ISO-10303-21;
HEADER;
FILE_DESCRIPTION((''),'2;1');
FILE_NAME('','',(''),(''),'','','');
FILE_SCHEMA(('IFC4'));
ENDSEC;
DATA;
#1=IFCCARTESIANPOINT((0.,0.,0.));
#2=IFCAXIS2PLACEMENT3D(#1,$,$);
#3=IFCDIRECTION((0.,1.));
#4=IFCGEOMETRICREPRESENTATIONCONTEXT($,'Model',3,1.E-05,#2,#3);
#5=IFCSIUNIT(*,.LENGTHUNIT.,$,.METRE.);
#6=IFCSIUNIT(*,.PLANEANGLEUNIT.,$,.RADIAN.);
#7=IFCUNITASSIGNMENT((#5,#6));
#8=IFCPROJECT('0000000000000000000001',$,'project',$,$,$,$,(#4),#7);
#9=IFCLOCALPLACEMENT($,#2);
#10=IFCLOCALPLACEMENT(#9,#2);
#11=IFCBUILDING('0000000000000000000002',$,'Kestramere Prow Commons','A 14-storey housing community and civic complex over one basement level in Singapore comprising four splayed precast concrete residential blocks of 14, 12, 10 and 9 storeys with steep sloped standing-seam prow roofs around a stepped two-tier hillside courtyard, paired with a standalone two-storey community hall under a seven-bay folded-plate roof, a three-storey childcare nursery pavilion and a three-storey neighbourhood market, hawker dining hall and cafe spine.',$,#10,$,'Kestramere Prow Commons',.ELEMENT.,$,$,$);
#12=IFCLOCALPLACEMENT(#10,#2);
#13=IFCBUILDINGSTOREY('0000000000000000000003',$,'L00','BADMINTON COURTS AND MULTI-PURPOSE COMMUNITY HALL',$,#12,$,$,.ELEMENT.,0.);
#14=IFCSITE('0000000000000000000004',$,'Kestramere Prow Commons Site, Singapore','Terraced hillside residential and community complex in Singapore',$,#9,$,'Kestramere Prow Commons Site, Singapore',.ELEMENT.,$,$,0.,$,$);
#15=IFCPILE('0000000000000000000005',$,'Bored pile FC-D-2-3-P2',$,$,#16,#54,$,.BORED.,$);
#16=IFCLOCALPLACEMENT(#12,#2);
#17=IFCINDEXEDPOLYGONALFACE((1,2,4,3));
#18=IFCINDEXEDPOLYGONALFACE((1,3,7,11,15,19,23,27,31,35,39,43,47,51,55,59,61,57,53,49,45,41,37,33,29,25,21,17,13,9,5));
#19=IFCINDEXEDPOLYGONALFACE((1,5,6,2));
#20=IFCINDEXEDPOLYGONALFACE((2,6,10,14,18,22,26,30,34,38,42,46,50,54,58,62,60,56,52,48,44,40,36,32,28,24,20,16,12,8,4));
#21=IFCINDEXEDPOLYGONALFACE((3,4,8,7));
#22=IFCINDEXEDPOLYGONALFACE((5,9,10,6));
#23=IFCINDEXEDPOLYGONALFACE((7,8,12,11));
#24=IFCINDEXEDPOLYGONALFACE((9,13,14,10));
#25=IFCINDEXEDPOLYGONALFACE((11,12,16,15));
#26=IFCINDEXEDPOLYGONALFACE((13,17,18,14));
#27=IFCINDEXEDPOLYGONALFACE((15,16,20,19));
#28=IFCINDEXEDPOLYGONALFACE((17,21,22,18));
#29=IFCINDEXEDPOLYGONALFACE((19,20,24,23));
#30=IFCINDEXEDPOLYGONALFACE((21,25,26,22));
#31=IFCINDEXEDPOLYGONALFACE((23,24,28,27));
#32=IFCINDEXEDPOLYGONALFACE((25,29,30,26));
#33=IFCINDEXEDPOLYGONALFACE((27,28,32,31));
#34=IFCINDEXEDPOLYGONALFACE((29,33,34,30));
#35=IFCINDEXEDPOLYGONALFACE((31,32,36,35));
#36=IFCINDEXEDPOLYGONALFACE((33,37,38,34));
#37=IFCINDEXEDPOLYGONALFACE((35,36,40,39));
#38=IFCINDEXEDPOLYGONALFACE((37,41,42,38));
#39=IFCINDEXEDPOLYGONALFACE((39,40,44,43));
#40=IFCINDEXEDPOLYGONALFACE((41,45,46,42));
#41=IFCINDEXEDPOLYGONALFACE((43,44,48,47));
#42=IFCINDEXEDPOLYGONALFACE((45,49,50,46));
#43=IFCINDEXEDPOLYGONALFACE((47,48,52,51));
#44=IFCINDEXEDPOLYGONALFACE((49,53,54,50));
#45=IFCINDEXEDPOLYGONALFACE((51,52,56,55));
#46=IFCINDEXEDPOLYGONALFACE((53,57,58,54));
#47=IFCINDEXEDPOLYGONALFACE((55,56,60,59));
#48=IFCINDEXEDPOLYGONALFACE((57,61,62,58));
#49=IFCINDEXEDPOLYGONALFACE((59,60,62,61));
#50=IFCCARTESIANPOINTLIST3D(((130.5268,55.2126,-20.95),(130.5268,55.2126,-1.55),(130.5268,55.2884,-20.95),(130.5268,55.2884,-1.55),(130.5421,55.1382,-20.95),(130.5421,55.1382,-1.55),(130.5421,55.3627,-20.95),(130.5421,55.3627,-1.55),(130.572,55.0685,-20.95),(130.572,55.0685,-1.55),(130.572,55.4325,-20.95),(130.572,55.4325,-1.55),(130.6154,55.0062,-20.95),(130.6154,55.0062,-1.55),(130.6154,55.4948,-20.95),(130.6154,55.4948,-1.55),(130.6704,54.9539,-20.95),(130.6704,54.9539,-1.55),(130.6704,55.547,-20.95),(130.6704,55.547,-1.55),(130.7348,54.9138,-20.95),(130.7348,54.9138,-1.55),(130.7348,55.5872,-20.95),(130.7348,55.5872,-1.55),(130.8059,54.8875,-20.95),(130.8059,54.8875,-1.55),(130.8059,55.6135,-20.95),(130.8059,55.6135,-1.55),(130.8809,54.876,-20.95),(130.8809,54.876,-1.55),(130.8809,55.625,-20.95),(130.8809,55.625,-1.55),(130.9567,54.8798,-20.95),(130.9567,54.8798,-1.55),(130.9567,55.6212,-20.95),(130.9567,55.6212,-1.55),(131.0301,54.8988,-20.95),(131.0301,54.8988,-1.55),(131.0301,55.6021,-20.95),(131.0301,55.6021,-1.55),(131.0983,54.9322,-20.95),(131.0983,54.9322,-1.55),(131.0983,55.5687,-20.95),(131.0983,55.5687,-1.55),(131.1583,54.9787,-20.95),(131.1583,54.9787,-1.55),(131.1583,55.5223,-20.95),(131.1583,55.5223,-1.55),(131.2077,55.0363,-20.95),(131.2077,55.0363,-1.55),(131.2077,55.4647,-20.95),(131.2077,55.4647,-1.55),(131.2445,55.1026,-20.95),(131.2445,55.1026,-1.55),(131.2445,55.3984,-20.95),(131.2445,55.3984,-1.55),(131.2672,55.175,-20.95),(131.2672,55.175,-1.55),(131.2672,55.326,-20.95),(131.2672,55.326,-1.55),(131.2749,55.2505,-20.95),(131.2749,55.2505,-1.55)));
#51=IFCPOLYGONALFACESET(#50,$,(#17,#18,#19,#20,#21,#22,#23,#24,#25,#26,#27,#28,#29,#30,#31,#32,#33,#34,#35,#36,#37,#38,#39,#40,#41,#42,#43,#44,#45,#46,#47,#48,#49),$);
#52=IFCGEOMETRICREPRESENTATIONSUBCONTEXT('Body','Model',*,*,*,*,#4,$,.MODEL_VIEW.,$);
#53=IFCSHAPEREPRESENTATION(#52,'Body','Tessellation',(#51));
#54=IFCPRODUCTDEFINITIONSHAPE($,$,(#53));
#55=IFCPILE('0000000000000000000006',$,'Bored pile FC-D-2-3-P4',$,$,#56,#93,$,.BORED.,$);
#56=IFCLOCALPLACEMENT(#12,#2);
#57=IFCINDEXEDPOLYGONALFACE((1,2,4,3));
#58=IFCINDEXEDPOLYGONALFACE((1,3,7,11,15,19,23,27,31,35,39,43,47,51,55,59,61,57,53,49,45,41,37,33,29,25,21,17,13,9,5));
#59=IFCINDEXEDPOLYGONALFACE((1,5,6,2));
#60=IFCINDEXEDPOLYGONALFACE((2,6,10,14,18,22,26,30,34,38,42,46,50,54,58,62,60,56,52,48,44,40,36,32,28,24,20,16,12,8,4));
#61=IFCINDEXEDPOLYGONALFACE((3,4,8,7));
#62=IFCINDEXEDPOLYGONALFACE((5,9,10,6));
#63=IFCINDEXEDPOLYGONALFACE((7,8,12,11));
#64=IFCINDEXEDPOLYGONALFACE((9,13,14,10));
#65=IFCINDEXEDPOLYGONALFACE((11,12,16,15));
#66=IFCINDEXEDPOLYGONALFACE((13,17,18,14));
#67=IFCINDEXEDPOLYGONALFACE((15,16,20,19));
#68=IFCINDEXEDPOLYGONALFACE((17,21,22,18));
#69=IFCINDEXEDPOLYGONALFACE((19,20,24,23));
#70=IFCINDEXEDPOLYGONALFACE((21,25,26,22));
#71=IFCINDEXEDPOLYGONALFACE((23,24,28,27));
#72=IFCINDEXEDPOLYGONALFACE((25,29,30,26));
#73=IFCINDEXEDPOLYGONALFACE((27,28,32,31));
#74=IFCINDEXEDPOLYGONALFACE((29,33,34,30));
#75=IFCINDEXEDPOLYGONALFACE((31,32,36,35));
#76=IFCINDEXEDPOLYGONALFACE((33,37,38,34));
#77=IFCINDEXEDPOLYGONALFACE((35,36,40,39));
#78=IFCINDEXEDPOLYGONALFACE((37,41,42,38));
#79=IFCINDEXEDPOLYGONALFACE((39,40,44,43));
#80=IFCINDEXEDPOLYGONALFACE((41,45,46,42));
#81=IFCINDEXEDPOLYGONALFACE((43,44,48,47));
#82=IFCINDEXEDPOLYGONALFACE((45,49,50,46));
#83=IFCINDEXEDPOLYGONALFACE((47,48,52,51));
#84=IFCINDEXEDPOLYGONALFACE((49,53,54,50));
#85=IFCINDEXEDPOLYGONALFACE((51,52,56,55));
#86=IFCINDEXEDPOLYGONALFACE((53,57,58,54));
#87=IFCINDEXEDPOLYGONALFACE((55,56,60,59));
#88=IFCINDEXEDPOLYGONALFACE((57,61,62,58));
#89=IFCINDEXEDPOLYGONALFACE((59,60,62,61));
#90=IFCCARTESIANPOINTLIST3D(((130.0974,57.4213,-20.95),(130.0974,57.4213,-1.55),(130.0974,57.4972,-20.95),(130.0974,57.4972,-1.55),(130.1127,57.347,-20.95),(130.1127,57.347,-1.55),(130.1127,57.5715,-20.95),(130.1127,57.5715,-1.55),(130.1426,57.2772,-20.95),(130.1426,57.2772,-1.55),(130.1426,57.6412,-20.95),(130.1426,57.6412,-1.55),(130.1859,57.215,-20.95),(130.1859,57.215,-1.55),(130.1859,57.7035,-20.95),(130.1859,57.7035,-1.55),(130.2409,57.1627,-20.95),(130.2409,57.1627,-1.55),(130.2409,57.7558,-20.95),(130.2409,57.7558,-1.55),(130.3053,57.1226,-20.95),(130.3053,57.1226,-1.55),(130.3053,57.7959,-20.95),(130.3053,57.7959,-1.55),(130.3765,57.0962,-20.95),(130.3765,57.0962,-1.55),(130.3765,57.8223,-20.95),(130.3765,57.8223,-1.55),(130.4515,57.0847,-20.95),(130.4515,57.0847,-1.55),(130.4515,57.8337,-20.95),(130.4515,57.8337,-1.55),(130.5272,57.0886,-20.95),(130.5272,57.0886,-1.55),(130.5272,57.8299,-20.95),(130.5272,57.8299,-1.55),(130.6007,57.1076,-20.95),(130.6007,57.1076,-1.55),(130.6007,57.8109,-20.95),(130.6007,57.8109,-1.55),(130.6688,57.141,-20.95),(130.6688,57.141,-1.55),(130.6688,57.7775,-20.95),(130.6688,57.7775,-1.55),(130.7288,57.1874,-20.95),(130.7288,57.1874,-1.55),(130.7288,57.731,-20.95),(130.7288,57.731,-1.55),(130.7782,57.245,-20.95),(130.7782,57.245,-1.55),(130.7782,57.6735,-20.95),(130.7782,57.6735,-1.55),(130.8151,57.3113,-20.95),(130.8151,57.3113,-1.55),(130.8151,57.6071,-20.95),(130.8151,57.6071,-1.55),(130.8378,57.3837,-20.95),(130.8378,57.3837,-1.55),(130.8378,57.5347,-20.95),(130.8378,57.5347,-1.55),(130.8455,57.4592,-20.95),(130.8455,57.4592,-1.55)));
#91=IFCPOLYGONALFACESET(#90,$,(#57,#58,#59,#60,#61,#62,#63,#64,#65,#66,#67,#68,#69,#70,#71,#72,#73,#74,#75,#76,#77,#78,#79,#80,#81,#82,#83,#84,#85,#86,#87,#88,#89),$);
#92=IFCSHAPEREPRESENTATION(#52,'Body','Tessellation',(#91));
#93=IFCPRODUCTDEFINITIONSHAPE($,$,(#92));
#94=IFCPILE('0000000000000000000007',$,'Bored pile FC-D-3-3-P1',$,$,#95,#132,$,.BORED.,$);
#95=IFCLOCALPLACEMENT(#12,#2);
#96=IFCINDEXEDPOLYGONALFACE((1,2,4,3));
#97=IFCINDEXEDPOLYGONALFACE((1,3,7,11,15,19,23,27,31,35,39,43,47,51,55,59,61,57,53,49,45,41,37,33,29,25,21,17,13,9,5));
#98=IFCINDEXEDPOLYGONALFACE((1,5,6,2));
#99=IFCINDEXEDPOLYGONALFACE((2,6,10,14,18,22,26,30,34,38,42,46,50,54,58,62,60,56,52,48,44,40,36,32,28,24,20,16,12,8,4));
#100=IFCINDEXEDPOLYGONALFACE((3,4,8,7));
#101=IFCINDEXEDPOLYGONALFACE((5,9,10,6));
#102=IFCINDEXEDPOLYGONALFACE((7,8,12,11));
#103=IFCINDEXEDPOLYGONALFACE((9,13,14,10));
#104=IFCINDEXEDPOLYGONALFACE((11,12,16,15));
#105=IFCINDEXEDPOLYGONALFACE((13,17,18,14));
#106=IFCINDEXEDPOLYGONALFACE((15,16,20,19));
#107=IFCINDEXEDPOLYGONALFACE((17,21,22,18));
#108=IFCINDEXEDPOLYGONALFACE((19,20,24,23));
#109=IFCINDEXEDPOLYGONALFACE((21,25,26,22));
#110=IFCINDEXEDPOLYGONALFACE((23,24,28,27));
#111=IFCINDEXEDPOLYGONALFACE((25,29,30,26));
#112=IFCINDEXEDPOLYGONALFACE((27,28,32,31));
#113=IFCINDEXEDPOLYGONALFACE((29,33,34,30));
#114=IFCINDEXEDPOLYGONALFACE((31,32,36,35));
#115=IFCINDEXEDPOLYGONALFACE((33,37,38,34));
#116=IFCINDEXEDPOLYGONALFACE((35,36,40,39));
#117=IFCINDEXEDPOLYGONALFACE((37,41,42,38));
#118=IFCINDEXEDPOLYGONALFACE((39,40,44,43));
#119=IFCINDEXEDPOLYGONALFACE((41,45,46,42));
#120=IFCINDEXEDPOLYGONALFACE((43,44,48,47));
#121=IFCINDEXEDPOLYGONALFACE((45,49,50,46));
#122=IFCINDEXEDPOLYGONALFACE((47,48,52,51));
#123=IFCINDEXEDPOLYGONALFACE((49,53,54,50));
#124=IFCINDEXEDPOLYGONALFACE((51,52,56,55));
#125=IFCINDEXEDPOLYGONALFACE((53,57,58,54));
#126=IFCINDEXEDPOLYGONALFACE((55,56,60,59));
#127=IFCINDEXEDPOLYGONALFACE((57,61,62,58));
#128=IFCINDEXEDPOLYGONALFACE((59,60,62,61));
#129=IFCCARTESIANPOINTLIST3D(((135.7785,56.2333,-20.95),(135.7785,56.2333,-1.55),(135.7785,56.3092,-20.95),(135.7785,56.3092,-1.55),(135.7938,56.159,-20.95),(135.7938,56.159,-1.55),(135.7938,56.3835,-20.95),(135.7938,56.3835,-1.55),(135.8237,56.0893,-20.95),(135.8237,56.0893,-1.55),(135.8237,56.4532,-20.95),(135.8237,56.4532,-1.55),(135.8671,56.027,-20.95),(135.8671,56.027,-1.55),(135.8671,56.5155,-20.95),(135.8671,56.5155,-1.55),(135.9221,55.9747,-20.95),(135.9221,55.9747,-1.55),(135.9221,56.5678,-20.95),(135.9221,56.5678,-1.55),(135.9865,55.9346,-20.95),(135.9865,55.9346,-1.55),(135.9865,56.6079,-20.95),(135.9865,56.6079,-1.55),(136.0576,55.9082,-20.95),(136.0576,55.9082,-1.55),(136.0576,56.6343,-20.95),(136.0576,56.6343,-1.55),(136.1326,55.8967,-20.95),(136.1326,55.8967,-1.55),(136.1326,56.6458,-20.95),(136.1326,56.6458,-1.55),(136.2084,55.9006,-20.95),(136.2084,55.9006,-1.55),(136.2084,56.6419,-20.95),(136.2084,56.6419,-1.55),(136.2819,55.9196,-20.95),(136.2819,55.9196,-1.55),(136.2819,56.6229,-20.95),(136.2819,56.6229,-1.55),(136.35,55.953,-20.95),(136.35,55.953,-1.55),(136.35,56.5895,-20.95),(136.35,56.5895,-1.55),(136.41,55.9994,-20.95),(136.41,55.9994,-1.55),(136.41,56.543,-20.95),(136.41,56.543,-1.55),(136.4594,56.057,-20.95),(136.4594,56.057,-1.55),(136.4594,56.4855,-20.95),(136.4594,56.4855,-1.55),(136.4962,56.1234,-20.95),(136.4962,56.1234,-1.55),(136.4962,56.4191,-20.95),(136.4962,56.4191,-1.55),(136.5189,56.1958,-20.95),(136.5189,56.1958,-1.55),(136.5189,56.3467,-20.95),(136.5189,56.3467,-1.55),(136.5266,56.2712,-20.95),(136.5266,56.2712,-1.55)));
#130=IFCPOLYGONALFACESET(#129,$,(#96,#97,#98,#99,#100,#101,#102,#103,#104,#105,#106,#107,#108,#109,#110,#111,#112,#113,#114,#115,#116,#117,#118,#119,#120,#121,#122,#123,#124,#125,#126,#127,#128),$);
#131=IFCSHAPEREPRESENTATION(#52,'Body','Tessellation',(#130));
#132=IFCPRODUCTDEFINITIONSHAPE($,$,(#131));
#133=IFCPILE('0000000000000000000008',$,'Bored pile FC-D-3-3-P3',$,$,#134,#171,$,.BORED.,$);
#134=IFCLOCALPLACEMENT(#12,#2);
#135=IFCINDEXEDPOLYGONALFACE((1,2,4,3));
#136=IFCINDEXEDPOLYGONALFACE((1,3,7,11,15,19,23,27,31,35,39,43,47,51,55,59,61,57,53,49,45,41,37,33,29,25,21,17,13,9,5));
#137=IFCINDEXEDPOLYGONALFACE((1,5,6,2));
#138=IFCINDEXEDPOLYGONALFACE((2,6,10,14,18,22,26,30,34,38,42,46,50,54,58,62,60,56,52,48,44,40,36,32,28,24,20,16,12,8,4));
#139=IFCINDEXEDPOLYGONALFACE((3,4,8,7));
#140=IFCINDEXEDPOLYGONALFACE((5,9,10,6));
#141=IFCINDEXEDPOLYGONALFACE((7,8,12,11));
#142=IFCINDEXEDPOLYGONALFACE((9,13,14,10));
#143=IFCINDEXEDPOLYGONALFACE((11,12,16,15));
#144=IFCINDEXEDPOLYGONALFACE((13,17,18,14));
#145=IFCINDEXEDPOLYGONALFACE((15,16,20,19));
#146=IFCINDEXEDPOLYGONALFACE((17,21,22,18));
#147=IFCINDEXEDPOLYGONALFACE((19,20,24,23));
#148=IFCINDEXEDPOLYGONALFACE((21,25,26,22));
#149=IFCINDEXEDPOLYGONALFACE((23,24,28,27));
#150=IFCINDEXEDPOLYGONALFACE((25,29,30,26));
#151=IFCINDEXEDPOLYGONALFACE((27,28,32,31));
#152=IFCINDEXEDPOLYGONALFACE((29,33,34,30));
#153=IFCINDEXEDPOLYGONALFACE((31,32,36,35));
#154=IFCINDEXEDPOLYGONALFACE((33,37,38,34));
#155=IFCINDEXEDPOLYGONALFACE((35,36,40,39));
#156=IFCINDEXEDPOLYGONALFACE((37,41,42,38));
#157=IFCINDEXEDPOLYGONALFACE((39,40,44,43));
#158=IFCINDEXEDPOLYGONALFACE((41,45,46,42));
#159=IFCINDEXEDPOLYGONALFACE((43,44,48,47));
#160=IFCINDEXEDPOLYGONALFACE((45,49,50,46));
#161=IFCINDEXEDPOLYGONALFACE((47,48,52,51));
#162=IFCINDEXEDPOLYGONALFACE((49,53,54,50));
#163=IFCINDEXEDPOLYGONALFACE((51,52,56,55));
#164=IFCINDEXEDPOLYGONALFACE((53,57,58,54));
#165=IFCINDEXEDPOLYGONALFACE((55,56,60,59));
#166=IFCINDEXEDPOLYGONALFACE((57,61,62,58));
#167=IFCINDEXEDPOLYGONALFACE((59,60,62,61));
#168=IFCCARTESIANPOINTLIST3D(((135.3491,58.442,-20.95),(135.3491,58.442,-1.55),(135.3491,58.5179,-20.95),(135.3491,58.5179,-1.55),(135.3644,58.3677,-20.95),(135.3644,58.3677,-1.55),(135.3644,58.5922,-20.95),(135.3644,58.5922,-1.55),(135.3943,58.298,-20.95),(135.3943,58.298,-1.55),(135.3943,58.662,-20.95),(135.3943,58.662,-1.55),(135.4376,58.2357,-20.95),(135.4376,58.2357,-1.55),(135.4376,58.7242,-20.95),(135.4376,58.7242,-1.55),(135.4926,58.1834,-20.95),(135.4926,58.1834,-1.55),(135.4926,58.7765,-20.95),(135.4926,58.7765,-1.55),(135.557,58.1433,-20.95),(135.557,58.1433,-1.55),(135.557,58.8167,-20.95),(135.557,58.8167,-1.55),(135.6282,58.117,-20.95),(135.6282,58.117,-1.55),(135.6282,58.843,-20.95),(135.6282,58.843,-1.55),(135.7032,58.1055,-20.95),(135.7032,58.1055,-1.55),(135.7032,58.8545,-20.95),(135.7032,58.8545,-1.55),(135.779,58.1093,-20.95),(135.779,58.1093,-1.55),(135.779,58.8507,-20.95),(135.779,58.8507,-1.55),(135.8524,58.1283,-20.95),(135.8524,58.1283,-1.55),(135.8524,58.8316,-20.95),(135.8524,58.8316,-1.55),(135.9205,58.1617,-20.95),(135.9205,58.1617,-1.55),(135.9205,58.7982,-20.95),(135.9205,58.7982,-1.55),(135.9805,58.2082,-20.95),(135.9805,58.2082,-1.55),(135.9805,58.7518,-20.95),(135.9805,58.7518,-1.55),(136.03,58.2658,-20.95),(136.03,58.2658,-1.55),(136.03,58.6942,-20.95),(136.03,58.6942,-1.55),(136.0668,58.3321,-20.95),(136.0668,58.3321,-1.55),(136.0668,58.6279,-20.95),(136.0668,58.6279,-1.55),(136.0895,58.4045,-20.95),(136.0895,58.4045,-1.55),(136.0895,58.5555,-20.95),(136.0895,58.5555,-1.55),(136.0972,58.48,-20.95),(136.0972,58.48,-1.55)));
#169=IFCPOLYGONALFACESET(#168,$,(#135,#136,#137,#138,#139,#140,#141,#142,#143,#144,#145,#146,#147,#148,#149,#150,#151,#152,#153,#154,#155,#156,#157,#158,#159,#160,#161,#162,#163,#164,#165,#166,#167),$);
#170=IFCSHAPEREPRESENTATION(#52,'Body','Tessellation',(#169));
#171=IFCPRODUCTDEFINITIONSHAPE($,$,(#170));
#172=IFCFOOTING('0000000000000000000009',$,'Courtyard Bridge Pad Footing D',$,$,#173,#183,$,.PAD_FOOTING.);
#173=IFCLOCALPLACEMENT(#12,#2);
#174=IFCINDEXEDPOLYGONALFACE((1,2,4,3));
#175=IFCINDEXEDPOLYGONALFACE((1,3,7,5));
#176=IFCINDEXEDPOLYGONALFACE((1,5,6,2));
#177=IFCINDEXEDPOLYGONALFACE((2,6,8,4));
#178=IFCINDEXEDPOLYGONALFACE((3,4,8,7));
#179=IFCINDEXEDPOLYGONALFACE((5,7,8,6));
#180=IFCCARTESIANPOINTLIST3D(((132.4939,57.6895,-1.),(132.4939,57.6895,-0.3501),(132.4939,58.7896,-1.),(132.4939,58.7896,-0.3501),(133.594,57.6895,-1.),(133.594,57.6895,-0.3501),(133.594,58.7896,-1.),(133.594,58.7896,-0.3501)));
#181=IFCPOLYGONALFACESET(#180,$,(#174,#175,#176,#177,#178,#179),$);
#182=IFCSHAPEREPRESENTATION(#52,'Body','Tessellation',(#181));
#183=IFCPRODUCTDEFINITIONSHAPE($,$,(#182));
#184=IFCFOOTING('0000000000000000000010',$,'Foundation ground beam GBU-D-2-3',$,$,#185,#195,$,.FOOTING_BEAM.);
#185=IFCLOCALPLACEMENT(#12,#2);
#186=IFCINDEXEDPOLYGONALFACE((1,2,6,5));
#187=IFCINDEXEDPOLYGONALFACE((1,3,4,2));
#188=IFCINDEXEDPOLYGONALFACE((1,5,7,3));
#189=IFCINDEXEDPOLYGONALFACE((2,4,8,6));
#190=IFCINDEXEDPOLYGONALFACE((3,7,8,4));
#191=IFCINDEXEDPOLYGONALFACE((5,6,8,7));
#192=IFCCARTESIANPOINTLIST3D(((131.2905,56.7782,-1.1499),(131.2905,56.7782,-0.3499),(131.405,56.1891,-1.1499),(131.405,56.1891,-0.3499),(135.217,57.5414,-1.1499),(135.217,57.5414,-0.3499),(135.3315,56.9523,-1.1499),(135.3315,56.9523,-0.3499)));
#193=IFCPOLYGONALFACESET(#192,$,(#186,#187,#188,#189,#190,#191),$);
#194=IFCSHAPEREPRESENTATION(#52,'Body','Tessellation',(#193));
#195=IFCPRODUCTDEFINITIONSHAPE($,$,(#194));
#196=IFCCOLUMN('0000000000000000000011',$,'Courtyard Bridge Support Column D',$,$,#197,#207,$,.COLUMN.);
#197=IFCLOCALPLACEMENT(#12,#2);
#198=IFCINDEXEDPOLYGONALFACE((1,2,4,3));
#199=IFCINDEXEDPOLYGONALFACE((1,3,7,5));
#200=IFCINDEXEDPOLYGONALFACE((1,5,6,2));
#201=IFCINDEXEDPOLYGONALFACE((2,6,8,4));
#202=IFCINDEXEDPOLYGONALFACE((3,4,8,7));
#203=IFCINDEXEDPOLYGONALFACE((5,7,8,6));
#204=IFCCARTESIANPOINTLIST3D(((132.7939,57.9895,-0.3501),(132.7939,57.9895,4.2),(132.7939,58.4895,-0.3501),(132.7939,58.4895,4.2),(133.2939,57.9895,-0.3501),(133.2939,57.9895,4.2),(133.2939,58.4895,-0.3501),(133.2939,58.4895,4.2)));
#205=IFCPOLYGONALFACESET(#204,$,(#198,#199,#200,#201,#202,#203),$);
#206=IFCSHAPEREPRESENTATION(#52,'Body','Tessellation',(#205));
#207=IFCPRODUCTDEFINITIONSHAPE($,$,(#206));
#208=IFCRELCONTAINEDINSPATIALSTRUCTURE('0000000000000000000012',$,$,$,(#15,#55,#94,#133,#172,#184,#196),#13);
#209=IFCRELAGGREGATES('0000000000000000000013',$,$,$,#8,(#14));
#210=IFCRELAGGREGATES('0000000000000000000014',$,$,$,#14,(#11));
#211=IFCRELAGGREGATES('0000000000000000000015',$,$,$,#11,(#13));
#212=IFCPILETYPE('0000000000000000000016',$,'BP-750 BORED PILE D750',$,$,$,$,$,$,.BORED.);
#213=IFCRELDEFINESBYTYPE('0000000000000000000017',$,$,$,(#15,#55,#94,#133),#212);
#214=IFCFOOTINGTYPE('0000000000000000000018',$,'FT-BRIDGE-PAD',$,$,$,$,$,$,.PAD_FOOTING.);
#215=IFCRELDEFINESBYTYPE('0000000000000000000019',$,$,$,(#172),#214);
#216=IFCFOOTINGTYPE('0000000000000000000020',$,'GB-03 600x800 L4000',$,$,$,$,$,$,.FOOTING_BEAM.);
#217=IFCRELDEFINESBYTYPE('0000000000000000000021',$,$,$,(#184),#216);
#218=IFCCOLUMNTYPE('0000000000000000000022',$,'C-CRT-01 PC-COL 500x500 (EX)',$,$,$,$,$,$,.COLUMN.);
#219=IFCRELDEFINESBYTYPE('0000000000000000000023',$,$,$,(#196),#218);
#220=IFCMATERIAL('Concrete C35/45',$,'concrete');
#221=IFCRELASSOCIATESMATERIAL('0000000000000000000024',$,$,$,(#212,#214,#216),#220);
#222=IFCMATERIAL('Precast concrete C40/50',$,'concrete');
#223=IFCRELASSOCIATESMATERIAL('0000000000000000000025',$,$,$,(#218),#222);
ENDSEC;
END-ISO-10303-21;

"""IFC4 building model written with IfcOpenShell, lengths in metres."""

from ifc_helpers import new_model, si_unit, direction, frame, origin, origin_2d, place, context, subcontext, project, spatial, rectangle, circle, extrude, material, material_profile, profile_set, type_object, element, save


model = new_model("IFC4")

# Units and contexts
model_context = context("Model", 3, precision=1e-05, world=origin(), true_north=direction((0.0, 1.0)))
body_context = subcontext(model_context, "Body", "Model", "MODEL_VIEW")
ifc_project = project(units=[si_unit("LENGTHUNIT", "METRE"), si_unit("PLANEANGLEUNIT", "RADIAN")], contexts=[model_context])

# Site, building, storey
site_placement = place(None, origin())
site = spatial("IfcSite", under=ifc_project, at=site_placement, Name="Kestramere Prow Commons Site, Singapore", Description="Terraced hillside residential and community complex in Singapore", LongName="Kestramere Prow Commons Site, Singapore", CompositionType="ELEMENT", RefElevation=0.0)
building_placement = place(site_placement, origin())
building = spatial("IfcBuilding", under=site, at=building_placement, Name="Kestramere Prow Commons", Description="A 14-storey housing community and civic complex over one basement level in Singapore comprising four splayed precast concrete residential blocks of 14, 12, 10 and 9 storeys with steep sloped standing-seam prow roofs around a stepped two-tier hillside courtyard, paired with a standalone two-storey community hall under a seven-bay folded-plate roof, a three-storey childcare nursery pavilion and a three-storey neighbourhood market, hawker dining hall and cafe spine.", LongName="Kestramere Prow Commons", CompositionType="ELEMENT")
storey_placement = place(building_placement, origin())
storey = spatial("IfcBuildingStorey", under=building, at=storey_placement, Name="L00", Description="BADMINTON COURTS AND MULTI-PURPOSE COMMUNITY HALL", CompositionType="ELEMENT", Elevation=0.0)

# Piles
ifc_material_1 = material(Name="Concrete C35/45", Category="concrete")
ifc_material_profile_1 = material_profile(ifc_material_1, circle(Radius=0.375, at=origin_2d()), Name="BORED PILE D750")
ifc_profile_set_1 = profile_set([ifc_material_profile_1], Name="Concrete C35/45")
pile_type = type_object("IfcPileType", Name="BP-750 BORED PILE D750", PredefinedType="BORED", material=ifc_profile_set_1)
for number, where, z_axis, x_axis, name in (
    (1, (130.8999, 55.2505, -1.55), (0.0, 0.0, -1.0), (1.0, 0.0, 0.0), "Bored pile FC-D-2-3-P2"),
    (2, (130.4705, 57.4592, -1.55), (0.0, 0.0, -1.0), (1.0, 0.0, 0.0), "Bored pile FC-D-2-3-P4"),
    (3, (136.1516, 56.2712, -1.55), (0.0, 0.0, -1.0), (1.0, 0.0, 0.0), "Bored pile FC-D-3-3-P1"),
    (4, (135.7222, 58.48, -1.55), (0.0, 0.0, -1.0), (1.0, 0.0, 0.0), "Bored pile FC-D-3-3-P3"),
):
    element("IfcPile", number, at=place(storey_placement, frame(where, z_axis=z_axis, x_axis=x_axis)), inside=storey, type_object=pile_type, Name=name, PredefinedType="BORED", context=body_context, shape_type="SweptSolid", body=[
        extrude(circle(Radius=0.375, at=origin_2d()), origin(), (0.0, 0.0, 1.0), 19.3999),
    ])

# Footings
footing_type_1 = type_object("IfcFootingType", Name="FT-BRIDGE-PAD", PredefinedType="PAD_FOOTING", material=ifc_material_1)
footing_1_placement = place(storey_placement, frame((133.0439, 58.2395, -1.0), z_axis=(0.0, 0.0, 1.0), x_axis=(1.0, 0.0, 0.0)))
element("IfcFooting", 5, at=footing_1_placement, inside=storey, type_object=footing_type_1, Name="Courtyard Bridge Pad Footing D", PredefinedType="PAD_FOOTING", context=body_context, shape_type="SweptSolid", body=[
    extrude(rectangle(XDim=1.1001, YDim=1.1001, at=origin_2d()), origin(), (0.0, 0.0, 1.0), 0.6499),
])
footing_type_2 = type_object("IfcFootingType", Name="GB-03 600x800 L4000", PredefinedType="FOOTING_BEAM", material=ifc_material_1)
footing_2_placement = place(storey_placement, frame((133.311, 56.8652, -1.1499), z_axis=(0.0, 0.0, 1.0), x_axis=(0.981627, 0.190809, 0.0)))
element("IfcFooting", 6, at=footing_2_placement, inside=storey, type_object=footing_type_2, Name="Foundation ground beam GBU-D-2-3", PredefinedType="FOOTING_BEAM", context=body_context, shape_type="SweptSolid", body=[
    extrude(rectangle(XDim=4.0, YDim=0.6001, at=origin_2d()), origin(), (0.0, 0.0, 1.0), 0.8),
])

# Column
ifc_material_2 = material(Name="Precast concrete C40/50", Category="concrete")
ifc_material_profile_2 = material_profile(ifc_material_2, rectangle(XDim=0.5, YDim=0.5, at=origin_2d()), Name="PC-COL 500x500")
ifc_profile_set_2 = profile_set([ifc_material_profile_2], Name="Precast concrete C40/50")
column_type_1 = type_object("IfcColumnType", Name="C-CRT-01 PC-COL 500x500 (EX)", PredefinedType="COLUMN", material=ifc_profile_set_2)
column_1_placement = place(storey_placement, frame((133.0439, 58.2395, -0.3501), z_axis=(0.0, 0.0, 1.0), x_axis=(1.0, 0.0, 0.0)))
element("IfcColumn", 7, at=column_1_placement, inside=storey, type_object=column_type_1, Name="Courtyard Bridge Support Column D", PredefinedType="COLUMN", context=body_context, shape_type="SweptSolid", body=[
    extrude(rectangle(XDim=0.5, YDim=0.5, at=origin_2d()), origin(), (0.0, 0.0, 1.0), 4.55),
])

save(model, "model.ifc")
